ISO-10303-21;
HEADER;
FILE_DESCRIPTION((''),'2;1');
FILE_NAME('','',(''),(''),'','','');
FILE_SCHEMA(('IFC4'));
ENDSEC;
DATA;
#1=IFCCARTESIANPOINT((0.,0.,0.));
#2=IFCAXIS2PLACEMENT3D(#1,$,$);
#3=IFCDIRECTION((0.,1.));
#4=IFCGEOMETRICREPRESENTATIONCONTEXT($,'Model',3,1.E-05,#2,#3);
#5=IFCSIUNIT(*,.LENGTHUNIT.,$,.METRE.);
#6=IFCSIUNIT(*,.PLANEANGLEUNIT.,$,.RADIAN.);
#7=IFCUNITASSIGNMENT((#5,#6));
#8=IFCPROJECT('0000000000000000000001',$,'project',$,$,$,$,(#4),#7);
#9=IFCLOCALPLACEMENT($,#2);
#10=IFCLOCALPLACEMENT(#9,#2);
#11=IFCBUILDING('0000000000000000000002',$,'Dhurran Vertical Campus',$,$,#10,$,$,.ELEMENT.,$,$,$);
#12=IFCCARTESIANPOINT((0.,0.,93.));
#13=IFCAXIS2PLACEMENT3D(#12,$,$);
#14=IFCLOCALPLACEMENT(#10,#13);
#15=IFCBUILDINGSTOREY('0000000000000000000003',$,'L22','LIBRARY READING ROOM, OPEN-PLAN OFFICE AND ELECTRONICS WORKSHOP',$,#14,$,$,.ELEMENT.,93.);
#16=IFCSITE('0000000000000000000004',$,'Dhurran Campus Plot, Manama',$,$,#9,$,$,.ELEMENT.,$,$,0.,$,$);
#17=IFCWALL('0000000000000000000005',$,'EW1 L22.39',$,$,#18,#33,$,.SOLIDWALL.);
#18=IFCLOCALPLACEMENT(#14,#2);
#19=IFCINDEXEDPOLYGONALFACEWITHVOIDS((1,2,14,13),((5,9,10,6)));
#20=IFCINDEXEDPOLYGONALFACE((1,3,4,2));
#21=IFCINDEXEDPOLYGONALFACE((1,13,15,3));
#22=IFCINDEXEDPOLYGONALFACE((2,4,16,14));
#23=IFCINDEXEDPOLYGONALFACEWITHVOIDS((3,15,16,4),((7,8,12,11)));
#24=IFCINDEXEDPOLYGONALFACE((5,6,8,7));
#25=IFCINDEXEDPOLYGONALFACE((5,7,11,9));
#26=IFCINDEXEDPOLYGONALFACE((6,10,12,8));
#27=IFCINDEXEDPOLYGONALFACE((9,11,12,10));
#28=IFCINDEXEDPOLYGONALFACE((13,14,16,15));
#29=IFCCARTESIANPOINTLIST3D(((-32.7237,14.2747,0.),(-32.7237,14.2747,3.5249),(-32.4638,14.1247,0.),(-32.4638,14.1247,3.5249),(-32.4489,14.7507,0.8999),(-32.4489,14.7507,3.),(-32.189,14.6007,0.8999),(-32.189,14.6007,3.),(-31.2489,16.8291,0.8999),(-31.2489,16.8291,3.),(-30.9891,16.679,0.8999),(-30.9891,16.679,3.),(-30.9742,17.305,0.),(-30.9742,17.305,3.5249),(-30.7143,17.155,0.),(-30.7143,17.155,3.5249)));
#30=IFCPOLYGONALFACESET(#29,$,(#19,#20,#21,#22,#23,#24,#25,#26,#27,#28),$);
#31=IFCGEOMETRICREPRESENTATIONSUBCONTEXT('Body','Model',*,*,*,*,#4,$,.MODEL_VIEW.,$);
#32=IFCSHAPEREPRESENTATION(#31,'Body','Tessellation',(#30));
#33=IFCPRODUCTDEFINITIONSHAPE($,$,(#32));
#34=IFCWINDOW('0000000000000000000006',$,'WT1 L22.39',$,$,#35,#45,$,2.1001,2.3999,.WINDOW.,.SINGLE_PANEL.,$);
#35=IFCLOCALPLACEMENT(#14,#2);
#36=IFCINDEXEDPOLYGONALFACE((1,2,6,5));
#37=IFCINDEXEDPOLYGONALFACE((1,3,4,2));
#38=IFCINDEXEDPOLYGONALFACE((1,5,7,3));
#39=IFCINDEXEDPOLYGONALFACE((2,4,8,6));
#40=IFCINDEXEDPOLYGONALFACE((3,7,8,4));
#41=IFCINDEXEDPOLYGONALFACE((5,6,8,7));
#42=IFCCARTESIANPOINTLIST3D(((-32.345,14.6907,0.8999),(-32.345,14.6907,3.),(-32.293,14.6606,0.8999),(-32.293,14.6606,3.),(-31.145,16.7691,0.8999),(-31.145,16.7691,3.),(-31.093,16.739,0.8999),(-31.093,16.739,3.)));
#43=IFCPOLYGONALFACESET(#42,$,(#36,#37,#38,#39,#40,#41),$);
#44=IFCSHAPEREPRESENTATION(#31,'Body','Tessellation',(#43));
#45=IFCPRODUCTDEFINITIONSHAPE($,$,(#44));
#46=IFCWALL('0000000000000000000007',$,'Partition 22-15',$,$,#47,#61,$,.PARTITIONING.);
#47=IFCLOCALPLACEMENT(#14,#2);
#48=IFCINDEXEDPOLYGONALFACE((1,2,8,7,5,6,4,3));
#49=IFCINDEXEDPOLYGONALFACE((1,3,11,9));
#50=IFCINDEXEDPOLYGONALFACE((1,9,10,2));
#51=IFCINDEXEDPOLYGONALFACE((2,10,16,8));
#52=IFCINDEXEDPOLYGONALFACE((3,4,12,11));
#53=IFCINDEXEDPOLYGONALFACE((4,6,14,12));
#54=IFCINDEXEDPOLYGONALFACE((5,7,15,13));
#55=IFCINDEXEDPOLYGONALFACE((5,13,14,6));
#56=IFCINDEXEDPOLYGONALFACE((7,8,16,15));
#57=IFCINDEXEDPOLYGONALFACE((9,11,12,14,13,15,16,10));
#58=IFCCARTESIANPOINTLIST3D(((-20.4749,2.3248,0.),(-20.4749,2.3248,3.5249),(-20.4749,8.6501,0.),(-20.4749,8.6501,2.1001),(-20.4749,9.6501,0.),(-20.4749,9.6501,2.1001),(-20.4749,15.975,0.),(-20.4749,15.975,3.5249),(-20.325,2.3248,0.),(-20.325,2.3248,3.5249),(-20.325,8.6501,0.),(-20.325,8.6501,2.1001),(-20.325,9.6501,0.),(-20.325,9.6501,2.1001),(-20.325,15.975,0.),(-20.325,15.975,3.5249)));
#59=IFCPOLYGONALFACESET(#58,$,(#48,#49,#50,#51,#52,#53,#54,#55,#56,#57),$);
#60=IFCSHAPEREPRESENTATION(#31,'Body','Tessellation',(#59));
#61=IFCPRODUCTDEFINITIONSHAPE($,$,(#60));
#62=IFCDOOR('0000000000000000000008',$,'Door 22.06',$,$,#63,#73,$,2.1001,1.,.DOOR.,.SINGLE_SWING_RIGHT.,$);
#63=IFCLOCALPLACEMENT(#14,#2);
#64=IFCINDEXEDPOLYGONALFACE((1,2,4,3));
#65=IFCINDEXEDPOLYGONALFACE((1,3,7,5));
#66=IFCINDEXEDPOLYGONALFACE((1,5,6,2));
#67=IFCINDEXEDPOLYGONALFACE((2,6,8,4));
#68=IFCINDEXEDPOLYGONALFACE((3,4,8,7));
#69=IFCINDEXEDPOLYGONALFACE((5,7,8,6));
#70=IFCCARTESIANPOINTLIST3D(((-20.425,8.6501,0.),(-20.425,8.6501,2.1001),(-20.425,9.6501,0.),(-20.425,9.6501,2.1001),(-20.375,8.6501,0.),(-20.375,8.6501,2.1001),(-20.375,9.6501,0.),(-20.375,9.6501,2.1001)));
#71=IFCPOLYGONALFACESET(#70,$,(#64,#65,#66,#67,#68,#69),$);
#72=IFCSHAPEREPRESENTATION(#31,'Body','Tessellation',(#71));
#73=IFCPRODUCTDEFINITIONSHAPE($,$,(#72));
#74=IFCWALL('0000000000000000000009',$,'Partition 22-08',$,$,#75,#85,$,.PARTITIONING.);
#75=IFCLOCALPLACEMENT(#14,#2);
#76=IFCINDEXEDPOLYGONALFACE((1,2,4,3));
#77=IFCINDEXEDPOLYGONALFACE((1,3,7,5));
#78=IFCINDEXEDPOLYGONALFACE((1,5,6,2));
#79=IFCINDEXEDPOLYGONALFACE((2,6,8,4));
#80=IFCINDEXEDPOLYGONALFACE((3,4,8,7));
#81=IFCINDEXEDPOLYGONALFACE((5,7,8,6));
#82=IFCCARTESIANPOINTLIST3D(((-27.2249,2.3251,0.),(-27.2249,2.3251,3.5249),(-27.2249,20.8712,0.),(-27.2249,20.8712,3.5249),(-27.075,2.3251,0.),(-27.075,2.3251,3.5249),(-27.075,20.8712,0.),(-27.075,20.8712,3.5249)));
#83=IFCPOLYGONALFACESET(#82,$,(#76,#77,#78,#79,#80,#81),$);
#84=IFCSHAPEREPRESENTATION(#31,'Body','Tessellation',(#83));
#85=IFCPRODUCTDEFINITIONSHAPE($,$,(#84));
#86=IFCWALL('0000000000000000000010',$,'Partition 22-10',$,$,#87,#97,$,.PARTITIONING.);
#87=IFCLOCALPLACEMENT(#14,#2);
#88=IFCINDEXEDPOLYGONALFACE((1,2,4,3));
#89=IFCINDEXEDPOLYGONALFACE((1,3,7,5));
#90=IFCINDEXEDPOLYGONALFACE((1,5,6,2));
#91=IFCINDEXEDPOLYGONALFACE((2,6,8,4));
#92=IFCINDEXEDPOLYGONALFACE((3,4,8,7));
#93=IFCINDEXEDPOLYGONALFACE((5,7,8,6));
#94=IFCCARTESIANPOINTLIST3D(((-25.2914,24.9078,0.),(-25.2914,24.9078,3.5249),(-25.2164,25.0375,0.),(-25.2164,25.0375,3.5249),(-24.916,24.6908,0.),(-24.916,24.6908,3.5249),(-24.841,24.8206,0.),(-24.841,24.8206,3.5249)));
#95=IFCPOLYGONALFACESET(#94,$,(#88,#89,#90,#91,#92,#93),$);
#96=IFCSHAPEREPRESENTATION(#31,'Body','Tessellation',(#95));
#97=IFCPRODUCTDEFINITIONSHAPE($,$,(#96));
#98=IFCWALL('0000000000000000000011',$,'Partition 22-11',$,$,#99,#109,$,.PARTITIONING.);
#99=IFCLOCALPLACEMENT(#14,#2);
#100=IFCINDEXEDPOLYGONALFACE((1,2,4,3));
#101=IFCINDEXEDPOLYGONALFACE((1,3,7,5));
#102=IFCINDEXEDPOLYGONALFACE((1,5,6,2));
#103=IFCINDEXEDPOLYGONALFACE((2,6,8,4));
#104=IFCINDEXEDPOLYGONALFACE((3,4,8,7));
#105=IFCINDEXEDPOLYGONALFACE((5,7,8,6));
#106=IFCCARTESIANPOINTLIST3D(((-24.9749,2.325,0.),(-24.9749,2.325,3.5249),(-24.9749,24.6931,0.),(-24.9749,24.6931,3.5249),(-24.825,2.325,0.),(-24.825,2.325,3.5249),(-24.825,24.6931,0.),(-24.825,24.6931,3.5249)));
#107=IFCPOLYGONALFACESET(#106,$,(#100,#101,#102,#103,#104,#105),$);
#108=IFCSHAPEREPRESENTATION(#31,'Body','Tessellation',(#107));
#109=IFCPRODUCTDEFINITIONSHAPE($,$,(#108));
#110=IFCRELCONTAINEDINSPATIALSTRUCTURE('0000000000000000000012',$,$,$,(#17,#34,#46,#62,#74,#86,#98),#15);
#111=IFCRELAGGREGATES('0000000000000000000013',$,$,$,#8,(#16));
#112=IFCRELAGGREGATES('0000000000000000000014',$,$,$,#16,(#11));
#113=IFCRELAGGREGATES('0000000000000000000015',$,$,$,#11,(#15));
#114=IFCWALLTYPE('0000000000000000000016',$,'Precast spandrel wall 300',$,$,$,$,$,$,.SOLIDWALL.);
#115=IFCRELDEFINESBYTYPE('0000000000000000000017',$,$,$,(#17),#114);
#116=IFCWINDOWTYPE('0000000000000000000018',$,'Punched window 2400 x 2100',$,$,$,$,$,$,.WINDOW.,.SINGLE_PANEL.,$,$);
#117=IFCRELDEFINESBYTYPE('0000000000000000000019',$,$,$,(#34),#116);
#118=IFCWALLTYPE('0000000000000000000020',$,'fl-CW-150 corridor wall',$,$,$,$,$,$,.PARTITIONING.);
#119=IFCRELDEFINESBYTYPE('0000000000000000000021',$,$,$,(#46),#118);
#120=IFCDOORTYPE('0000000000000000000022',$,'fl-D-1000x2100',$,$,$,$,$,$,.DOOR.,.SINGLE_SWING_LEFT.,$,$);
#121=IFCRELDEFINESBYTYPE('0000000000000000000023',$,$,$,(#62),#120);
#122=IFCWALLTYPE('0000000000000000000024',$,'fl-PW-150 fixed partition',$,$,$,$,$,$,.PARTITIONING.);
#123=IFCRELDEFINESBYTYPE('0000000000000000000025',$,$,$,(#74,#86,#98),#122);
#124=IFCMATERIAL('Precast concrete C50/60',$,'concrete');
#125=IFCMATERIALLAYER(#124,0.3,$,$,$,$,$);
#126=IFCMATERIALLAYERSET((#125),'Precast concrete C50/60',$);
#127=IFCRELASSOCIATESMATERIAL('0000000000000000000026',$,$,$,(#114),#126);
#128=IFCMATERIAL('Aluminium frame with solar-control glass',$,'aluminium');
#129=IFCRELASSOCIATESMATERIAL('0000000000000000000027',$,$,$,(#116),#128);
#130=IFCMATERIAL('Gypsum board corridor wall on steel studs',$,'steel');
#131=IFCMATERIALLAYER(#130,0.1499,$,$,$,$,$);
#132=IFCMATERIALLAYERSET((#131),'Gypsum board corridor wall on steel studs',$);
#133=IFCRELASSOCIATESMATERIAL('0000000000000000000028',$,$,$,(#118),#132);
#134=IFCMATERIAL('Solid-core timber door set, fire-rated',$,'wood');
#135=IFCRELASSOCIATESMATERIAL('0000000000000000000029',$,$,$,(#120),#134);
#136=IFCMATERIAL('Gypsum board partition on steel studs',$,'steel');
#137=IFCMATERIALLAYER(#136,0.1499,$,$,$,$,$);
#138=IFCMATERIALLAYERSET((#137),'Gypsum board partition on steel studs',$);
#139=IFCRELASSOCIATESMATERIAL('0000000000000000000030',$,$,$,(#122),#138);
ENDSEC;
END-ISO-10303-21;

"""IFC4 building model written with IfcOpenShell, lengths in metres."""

from ifc_helpers import new_model, si_unit, direction, frame, frame_2d, origin, place, context, subcontext, project, spatial, rectangle, extrude, material, layer, layer_set, type_object, element, fill, save


model = new_model("IFC4")

# Units and contexts
model_context = context("Model", 3, precision=1e-05, world=origin(), true_north=direction((0.0, 1.0)))
body_context = subcontext(model_context, "Body", "Model", "MODEL_VIEW")
ifc_project = project(units=[si_unit("LENGTHUNIT", "METRE"), si_unit("PLANEANGLEUNIT", "RADIAN")], contexts=[model_context])

# Site, building, storey
site_placement = place(None, origin())
site = spatial("IfcSite", under=ifc_project, at=site_placement, Name="Dhurran Campus Plot, Manama", CompositionType="ELEMENT", RefElevation=0.0)
building_placement = place(site_placement, origin())
building = spatial("IfcBuilding", under=site, at=building_placement, Name="Dhurran Vertical Campus", CompositionType="ELEMENT")
storey_placement = place(building_placement, frame((0.0, 0.0, 93.0)))
storey = spatial("IfcBuildingStorey", under=building, at=storey_placement, Name="L22", Description="LIBRARY READING ROOM, OPEN-PLAN OFFICE AND ELECTRONICS WORKSHOP", CompositionType="ELEMENT", Elevation=93.0)

# Wall, opening, window
ifc_material_1 = material(Name="Precast concrete C50/60", Category="concrete")
ifc_layer_1 = layer(ifc_material_1, 0.3)
ifc_layer_set_1 = layer_set([ifc_layer_1], Name="Precast concrete C50/60")
wall_type_1 = type_object("IfcWallType", Name="Precast spandrel wall 300", PredefinedType="SOLIDWALL", material=ifc_layer_set_1)
ifc_material_2 = material(Name="Aluminium frame with solar-control glass", Category="aluminium")
window_type = type_object("IfcWindowType", Name="Punched window 2400 x 2100", PartitioningType="SINGLE_PANEL", PredefinedType="WINDOW", material=ifc_material_2)
wall_1_placement = place(storey_placement, frame((-30.8442, 17.23, 0.0), z_axis=(0.0, 0.0, 1.0), x_axis=(-0.499996, -0.866028, 0.0)))
wall_1 = element("IfcWall", 1, at=wall_1_placement, inside=storey, type_object=wall_type_1, Name="EW1 L22.39", PredefinedType="SOLIDWALL", context=body_context, shape_type="SweptSolid", body=[
    extrude(rectangle(XDim=3.499, YDim=0.3, at=frame_2d((1.7495, 0.0))), origin(), (0.0, 0.0, 1.0), 3.5249),
])
opening_1_placement = place(wall_1_placement, frame((0.5496, 0.0, 0.8999)))
opening_1 = element("IfcOpeningElement", 2, at=opening_1_placement, cuts=wall_1, PredefinedType="OPENING", context=body_context, shape_type="SweptSolid", body=[
    extrude(rectangle(XDim=2.3999, YDim=2.1001, at=frame_2d((1.2, 1.05))), frame((0.0, 0.1599, 0.0), z_axis=(0.0, -1.0, 0.0), x_axis=(1.0, 0.0, 0.0)), (0.0, 0.0, 1.0), 0.3201),
])
window_1_placement = place(opening_1_placement, origin())
window_1 = element("IfcWindow", 3, at=window_1_placement, inside=storey, type_object=window_type, Name="WT1 L22.39", OverallHeight=2.1001, OverallWidth=2.3999, PartitioningType="SINGLE_PANEL", PredefinedType="WINDOW", context=body_context, shape_type="SweptSolid", body=[
    extrude(rectangle(XDim=2.3999, YDim=2.1001, at=frame_2d((1.2, 1.05))), frame((0.0, 0.03, 0.0), z_axis=(0.0, -1.0, 0.0), x_axis=(1.0, 0.0, 0.0)), (0.0, 0.0, 1.0), 0.0601),
])
fill(opening_1, window_1)

# Wall, opening, door
ifc_material_3 = material(Name="Gypsum board corridor wall on steel studs", Category="steel")
ifc_layer_2 = layer(ifc_material_3, 0.1499)
ifc_layer_set_2 = layer_set([ifc_layer_2], Name="Gypsum board corridor wall on steel studs")
wall_type_2 = type_object("IfcWallType", Name="fl-CW-150 corridor wall", PredefinedType="PARTITIONING", material=ifc_layer_set_2)
wall_2_placement = place(storey_placement, frame((-20.3999, 15.9751, 0.0), z_axis=(0.0, 0.0, 1.0), x_axis=(0.0, -1.0, 0.0)))
wall_2 = element("IfcWall", 4, at=wall_2_placement, inside=storey, type_object=wall_type_2, Name="Partition 22-15", PredefinedType="PARTITIONING", context=body_context, shape_type="SweptSolid", body=[
    extrude(rectangle(XDim=13.6501, YDim=0.1499, at=frame_2d((6.8252, 0.0))), origin(), (0.0, 0.0, 1.0), 3.5249),
])
opening_2_placement = place(wall_2_placement, frame((6.325, 0.0, 0.0)))
opening_2 = element("IfcOpeningElement", 5, at=opening_2_placement, cuts=wall_2, PredefinedType="OPENING", context=body_context, shape_type="SweptSolid", body=[
    extrude(rectangle(XDim=1.0, YDim=2.1001, at=frame_2d((0.5, 1.05))), frame((0.0, 0.085, 0.0), z_axis=(0.0, -1.0, 0.0), x_axis=(1.0, 0.0, 0.0)), (0.0, 0.0, 1.0), 0.1699),
])
ifc_material_4 = material(Name="Solid-core timber door set, fire-rated", Category="wood")
door_type = type_object("IfcDoorType", Name="fl-D-1000x2100", OperationType="SINGLE_SWING_LEFT", PredefinedType="DOOR", material=ifc_material_4)
door_placement = place(opening_2_placement, origin())
door = element("IfcDoor", 6, at=door_placement, inside=storey, type_object=door_type, Name="Door 22.06", OperationType="SINGLE_SWING_RIGHT", OverallHeight=2.1001, OverallWidth=1.0, PredefinedType="DOOR", context=body_context, shape_type="SweptSolid", body=[
    extrude(rectangle(XDim=1.0, YDim=2.1001, at=frame_2d((0.5, 1.05))), frame((0.0, 0.0249, 0.0), z_axis=(0.0, -1.0, 0.0), x_axis=(1.0, 0.0, 0.0)), (0.0, 0.0, 1.0), 0.05),
])
fill(opening_2, door)

# Walls
ifc_material_5 = material(Name="Gypsum board partition on steel studs", Category="steel")
ifc_layer_3 = layer(ifc_material_5, 0.1499)
ifc_layer_set_3 = layer_set([ifc_layer_3], Name="Gypsum board partition on steel studs")
wall_type_3 = type_object("IfcWallType", Name="fl-PW-150 fixed partition", PredefinedType="PARTITIONING", material=ifc_layer_set_3)
wall_3_placement = place(storey_placement, frame((-27.1499, 20.8711, 0.0), z_axis=(0.0, 0.0, 1.0), x_axis=(0.0, -1.0, 0.0)))
element("IfcWall", 7, at=wall_3_placement, inside=storey, type_object=wall_type_3, Name="Partition 22-08", PredefinedType="PARTITIONING", context=body_context, shape_type="SweptSolid", body=[
    extrude(rectangle(XDim=18.5461, YDim=0.1499, at=frame_2d((9.2729, 0.0))), origin(), (0.0, 0.0, 1.0), 3.5249),
])
wall_4_placement = place(storey_placement, frame((-25.2539, 24.9727, 0.0), z_axis=(0.0, 0.0, 1.0), x_axis=(0.865773, -0.500437, 0.0)))
element("IfcWall", 8, at=wall_4_placement, inside=storey, type_object=wall_type_3, Name="Partition 22-10", PredefinedType="PARTITIONING", context=body_context, shape_type="SweptSolid", body=[
    extrude(rectangle(XDim=0.4336, YDim=0.1499, at=frame_2d((0.2168, 0.0))), origin(), (0.0, 0.0, 1.0), 3.5249),
])
wall_5_placement = place(storey_placement, frame((-24.8999, 24.6931, 0.0), z_axis=(0.0, 0.0, 1.0), x_axis=(0.0, -1.0, 0.0)))
element("IfcWall", 9, at=wall_5_placement, inside=storey, type_object=wall_type_3, Name="Partition 22-11", PredefinedType="PARTITIONING", context=body_context, shape_type="SweptSolid", body=[
    extrude(rectangle(XDim=22.3682, YDim=0.1499, at=frame_2d((11.1841, 0.0))), origin(), (0.0, 0.0, 1.0), 3.5249),
])

save(model, "model.ifc")
